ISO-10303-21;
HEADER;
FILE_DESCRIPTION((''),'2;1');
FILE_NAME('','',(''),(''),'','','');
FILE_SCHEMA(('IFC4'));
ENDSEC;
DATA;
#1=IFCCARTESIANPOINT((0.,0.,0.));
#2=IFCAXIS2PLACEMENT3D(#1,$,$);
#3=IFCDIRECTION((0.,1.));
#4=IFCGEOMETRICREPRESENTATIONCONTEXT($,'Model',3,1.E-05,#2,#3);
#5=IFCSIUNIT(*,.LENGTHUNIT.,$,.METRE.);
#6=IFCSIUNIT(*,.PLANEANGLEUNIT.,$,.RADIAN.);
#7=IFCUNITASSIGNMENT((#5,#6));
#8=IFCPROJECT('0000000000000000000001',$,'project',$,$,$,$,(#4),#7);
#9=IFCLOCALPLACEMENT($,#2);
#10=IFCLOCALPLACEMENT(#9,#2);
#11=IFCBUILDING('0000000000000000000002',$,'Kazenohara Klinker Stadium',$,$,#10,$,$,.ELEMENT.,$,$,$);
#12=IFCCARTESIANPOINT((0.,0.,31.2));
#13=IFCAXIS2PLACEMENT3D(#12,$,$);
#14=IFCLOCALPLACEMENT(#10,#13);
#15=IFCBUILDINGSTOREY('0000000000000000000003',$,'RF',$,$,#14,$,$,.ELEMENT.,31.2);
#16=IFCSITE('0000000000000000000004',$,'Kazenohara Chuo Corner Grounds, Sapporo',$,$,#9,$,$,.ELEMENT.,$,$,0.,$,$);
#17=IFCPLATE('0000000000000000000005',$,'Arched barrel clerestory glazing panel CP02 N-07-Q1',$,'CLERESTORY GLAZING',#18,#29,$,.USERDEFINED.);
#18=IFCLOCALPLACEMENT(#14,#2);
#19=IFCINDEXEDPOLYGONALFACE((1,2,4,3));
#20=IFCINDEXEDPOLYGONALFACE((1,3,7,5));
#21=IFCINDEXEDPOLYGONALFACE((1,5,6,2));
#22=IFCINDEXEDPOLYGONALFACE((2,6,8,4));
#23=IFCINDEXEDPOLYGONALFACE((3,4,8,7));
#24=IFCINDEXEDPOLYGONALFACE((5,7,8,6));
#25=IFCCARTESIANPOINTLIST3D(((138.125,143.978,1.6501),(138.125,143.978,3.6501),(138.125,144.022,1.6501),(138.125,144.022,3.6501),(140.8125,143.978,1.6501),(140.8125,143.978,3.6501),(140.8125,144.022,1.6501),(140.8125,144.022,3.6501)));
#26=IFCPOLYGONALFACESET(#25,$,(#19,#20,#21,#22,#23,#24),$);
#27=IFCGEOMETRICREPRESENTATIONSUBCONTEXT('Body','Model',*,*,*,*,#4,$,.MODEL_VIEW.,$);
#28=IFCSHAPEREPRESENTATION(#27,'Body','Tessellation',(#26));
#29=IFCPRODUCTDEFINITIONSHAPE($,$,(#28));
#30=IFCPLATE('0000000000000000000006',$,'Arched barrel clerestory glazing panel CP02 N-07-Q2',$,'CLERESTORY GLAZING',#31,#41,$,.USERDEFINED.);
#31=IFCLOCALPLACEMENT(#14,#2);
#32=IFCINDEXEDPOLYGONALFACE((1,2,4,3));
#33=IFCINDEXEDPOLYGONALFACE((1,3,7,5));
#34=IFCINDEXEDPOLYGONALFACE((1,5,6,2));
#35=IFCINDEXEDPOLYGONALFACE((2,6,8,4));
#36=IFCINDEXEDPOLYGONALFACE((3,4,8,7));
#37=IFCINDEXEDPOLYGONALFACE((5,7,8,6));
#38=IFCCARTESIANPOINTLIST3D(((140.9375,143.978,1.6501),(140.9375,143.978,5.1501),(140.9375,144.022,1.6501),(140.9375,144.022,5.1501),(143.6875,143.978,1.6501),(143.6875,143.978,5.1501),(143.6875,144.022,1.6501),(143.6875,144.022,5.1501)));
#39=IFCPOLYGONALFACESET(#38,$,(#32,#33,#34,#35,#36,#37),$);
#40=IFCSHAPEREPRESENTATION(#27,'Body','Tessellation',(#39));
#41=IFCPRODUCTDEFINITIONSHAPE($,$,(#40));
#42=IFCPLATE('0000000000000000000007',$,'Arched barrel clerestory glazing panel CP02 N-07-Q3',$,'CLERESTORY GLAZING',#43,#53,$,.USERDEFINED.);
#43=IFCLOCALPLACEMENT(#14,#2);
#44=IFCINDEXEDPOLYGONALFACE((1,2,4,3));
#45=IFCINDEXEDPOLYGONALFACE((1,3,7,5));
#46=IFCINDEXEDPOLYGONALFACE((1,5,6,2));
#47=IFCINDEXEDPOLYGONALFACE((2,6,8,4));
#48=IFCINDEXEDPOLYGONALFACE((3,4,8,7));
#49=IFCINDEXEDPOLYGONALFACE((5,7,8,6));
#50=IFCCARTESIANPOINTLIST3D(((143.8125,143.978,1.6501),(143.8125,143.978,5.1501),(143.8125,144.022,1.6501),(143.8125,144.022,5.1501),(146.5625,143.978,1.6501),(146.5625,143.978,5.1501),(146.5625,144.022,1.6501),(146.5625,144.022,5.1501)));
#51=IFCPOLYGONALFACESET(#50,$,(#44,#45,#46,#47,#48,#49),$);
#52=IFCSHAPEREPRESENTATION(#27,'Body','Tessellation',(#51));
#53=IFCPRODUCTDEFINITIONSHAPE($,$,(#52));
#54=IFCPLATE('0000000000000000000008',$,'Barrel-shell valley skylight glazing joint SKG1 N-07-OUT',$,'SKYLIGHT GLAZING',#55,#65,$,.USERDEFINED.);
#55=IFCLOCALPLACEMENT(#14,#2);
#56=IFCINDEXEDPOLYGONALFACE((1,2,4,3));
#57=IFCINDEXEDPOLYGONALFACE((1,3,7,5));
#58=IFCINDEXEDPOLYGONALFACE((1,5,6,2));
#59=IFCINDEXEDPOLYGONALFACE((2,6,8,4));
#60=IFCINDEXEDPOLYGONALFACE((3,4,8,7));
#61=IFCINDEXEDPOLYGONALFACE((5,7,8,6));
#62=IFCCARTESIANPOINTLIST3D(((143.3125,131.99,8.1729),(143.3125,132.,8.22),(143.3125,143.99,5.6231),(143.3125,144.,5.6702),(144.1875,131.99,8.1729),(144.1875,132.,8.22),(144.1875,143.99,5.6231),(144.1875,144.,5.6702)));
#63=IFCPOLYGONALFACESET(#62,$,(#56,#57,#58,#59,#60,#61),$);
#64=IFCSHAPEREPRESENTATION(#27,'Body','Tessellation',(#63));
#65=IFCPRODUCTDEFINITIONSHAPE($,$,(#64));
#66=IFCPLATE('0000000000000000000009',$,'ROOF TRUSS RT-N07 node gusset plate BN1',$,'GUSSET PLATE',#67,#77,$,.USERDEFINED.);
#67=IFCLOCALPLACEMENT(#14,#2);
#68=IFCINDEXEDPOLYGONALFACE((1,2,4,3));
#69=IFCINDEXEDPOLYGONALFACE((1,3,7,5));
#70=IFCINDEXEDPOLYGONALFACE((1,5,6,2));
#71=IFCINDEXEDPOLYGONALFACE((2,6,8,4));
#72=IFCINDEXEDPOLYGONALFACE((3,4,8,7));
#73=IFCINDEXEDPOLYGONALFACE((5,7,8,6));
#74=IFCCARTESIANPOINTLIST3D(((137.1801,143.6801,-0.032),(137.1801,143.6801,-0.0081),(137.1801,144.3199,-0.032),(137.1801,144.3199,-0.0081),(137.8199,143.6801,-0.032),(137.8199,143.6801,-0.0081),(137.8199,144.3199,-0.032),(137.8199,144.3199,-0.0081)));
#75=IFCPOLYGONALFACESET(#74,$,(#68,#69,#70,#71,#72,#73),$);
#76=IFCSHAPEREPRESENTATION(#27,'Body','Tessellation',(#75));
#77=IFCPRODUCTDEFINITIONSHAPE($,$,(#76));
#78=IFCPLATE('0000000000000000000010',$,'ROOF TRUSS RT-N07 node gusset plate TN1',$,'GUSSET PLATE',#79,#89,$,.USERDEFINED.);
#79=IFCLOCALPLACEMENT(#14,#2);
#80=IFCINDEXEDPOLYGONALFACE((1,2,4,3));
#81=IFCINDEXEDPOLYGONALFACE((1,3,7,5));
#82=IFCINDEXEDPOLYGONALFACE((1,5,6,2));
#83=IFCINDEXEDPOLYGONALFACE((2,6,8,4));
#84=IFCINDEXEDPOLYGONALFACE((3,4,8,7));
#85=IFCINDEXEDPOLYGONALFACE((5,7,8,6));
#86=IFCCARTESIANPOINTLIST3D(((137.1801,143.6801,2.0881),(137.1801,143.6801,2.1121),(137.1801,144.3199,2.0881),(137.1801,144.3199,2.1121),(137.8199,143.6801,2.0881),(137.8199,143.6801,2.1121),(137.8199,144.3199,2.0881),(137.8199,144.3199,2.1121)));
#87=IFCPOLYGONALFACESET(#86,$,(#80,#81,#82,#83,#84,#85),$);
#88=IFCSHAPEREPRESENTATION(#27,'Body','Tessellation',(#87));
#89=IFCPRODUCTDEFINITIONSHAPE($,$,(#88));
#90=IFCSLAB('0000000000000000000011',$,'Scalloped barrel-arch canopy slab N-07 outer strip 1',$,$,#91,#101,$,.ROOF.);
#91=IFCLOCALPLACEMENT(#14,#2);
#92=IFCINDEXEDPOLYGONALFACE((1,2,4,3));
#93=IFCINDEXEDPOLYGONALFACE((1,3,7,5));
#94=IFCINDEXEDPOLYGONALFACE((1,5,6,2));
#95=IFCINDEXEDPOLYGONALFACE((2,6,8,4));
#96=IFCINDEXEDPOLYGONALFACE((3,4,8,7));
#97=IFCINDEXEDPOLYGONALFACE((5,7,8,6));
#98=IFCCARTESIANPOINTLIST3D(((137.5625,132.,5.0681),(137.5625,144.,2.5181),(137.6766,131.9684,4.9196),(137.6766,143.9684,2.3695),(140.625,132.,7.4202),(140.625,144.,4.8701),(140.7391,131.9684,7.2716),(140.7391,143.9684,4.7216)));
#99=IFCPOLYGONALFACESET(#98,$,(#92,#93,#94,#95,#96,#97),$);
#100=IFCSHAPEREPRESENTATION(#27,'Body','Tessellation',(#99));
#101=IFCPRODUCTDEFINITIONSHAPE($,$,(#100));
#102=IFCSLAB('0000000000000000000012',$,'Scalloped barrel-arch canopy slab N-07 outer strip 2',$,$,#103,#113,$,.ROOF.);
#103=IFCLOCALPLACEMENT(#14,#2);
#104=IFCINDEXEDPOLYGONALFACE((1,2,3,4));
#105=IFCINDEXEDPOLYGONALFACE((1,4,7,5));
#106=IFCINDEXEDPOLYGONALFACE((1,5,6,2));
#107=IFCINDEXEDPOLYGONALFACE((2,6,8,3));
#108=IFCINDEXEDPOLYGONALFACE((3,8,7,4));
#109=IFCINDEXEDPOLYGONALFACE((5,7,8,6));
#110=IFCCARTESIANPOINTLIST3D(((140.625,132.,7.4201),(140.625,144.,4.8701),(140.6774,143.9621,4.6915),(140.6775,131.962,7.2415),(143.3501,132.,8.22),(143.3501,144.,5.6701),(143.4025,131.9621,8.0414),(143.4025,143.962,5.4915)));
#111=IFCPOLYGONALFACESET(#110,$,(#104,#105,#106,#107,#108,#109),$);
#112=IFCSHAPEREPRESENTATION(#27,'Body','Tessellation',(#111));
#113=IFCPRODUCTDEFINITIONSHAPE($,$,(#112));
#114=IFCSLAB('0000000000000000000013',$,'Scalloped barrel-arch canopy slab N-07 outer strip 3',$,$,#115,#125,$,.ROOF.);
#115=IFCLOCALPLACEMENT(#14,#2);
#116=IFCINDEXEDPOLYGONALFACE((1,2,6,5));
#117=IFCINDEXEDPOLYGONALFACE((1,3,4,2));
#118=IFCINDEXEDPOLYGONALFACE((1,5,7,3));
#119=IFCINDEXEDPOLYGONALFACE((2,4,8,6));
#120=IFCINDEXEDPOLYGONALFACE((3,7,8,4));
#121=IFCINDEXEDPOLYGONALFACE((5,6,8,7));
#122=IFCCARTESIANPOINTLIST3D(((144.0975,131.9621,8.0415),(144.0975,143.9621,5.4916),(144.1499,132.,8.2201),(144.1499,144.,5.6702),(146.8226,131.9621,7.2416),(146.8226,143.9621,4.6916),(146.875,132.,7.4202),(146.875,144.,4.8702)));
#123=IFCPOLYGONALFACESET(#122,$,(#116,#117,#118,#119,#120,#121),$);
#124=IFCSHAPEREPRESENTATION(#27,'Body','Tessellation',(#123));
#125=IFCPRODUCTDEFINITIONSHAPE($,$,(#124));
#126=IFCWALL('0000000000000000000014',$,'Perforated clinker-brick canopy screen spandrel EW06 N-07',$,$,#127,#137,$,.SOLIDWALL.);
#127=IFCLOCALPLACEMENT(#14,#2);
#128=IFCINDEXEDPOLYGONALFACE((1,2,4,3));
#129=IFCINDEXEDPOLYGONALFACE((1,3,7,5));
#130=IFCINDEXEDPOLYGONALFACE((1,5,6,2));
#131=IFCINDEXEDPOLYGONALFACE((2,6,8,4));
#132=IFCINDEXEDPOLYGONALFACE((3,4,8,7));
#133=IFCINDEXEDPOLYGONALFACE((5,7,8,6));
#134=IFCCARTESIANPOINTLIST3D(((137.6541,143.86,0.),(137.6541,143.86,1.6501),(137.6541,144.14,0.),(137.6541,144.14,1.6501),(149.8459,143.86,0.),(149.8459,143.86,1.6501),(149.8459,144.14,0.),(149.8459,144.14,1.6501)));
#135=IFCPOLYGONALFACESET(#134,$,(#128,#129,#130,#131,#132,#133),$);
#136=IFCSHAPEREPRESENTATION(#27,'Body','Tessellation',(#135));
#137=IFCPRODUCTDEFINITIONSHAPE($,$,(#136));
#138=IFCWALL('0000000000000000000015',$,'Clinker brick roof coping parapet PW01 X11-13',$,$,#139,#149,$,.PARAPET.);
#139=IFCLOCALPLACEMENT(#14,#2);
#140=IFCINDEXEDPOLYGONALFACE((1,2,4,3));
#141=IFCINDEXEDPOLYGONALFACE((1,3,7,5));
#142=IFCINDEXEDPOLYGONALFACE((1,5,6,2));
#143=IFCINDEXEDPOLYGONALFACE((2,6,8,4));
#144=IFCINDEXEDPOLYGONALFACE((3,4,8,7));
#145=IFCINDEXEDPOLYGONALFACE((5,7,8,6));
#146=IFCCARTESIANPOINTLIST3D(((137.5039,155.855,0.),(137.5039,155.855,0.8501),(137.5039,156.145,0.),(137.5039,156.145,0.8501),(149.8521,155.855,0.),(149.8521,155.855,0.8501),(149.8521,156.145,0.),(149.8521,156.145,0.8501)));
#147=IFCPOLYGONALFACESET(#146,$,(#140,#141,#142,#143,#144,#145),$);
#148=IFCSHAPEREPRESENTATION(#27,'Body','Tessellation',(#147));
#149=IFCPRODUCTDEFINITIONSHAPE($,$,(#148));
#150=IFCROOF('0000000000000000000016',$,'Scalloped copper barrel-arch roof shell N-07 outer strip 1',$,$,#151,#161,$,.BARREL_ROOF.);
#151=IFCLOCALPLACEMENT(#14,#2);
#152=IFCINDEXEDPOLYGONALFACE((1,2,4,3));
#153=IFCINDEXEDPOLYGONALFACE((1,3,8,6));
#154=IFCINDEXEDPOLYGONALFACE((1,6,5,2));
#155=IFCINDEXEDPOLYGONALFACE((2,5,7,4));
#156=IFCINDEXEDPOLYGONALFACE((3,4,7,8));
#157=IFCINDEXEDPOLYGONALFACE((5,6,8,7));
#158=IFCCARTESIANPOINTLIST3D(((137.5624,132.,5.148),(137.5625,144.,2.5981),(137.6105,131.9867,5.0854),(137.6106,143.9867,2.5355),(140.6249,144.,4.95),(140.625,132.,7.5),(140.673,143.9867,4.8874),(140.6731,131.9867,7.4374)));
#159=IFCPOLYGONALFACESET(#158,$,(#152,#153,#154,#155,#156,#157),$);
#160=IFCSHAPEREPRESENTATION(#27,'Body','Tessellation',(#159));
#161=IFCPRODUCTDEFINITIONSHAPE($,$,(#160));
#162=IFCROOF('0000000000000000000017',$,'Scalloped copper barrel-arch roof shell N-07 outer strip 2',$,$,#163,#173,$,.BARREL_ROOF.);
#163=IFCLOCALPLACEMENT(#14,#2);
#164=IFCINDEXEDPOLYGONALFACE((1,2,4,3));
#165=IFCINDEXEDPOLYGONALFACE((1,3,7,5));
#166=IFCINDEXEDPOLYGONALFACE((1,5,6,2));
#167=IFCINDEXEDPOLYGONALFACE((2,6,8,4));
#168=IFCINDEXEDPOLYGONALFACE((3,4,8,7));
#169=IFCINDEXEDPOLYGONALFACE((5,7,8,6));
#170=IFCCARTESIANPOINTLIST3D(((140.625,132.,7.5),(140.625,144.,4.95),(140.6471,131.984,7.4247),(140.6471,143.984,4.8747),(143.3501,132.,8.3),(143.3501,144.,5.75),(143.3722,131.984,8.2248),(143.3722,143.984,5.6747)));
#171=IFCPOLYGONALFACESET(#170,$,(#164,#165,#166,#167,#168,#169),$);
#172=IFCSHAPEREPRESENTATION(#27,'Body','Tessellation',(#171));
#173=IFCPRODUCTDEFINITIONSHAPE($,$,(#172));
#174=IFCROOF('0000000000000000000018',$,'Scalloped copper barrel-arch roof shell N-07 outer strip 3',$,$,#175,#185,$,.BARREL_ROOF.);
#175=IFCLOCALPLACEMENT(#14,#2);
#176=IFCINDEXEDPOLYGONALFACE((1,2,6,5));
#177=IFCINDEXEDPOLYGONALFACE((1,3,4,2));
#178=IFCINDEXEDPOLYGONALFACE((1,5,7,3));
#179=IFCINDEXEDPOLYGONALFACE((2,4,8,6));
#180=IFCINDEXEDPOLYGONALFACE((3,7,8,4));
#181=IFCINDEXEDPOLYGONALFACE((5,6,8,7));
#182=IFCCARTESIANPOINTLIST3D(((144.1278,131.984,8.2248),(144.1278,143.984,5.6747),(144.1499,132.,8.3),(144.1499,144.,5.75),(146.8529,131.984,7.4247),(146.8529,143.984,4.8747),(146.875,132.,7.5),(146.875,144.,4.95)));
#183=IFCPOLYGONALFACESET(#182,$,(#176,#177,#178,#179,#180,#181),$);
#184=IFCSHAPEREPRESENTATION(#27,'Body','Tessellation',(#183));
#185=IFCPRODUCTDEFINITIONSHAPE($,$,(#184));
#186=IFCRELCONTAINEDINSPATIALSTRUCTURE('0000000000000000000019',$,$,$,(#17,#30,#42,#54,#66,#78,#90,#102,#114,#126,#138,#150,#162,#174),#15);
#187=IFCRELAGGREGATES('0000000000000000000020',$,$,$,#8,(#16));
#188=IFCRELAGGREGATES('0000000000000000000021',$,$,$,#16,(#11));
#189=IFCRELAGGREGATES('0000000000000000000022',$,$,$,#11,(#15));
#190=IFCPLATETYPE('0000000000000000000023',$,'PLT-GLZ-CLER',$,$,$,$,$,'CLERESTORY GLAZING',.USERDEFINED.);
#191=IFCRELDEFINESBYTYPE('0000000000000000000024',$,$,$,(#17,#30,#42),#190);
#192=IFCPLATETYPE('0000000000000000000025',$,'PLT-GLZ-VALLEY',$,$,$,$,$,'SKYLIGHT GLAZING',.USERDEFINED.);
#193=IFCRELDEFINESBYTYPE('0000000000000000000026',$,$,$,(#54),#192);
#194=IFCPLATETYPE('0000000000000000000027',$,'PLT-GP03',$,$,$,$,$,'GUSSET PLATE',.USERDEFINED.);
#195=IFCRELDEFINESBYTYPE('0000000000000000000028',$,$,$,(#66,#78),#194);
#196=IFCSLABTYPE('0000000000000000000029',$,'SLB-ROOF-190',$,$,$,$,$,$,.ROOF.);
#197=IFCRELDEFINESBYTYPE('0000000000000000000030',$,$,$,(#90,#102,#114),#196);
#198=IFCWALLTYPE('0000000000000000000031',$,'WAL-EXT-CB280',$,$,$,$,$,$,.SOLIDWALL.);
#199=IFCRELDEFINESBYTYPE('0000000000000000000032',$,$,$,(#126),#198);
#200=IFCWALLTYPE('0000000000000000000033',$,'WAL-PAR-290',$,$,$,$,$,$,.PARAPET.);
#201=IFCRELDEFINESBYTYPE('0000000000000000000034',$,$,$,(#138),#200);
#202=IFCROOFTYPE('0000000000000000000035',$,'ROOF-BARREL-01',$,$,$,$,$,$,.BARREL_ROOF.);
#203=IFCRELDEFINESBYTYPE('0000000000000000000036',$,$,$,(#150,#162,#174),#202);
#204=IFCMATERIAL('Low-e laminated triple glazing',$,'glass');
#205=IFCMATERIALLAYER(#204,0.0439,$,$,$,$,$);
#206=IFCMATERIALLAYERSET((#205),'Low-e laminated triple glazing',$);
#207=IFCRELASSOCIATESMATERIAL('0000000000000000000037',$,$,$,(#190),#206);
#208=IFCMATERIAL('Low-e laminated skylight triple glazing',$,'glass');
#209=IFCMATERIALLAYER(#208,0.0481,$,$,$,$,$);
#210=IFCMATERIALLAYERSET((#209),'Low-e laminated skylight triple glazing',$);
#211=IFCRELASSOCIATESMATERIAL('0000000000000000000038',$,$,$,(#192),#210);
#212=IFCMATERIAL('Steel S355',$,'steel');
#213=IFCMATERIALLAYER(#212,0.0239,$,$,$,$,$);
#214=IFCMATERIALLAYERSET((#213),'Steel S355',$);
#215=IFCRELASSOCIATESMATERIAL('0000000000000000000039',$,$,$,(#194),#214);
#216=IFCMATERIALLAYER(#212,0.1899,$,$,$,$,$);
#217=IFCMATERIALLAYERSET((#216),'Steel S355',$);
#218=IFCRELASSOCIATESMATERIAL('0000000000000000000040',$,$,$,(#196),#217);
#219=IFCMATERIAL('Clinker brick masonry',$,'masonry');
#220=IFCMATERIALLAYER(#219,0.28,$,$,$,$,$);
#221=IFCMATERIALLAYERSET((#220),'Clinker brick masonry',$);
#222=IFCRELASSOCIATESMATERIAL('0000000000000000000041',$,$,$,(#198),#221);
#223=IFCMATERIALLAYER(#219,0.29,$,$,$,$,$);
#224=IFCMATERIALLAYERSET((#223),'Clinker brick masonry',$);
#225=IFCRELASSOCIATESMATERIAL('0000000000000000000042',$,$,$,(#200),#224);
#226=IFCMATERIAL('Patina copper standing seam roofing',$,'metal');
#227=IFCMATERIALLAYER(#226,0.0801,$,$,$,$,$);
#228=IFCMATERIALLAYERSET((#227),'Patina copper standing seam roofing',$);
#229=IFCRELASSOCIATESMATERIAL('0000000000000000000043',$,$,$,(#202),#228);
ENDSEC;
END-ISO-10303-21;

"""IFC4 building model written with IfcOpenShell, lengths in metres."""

from ifc_helpers import new_model, si_unit, direction, frame, frame_2d, origin, origin_2d, place, context, subcontext, project, spatial, polyline, rectangle, outline, extrude, material, layer, layer_set, type_object, element, save


model = new_model("IFC4")

# Units and contexts
model_context = context("Model", 3, precision=1e-05, world=origin(), true_north=direction((0.0, 1.0)))
body_context = subcontext(model_context, "Body", "Model", "MODEL_VIEW")
ifc_project = project(units=[si_unit("LENGTHUNIT", "METRE"), si_unit("PLANEANGLEUNIT", "RADIAN")], contexts=[model_context])

# Site, building, storey
site_placement = place(None, origin())
site = spatial("IfcSite", under=ifc_project, at=site_placement, Name="Kazenohara Chuo Corner Grounds, Sapporo", CompositionType="ELEMENT", RefElevation=0.0)
building_placement = place(site_placement, origin())
building = spatial("IfcBuilding", under=site, at=building_placement, Name="Kazenohara Klinker Stadium", CompositionType="ELEMENT")
storey_placement = place(building_placement, frame((0.0, 0.0, 31.2)))
storey = spatial("IfcBuildingStorey", under=building, at=storey_placement, Name="RF", CompositionType="ELEMENT", Elevation=31.2)

# Shared definitions
ifc_material_1 = material(Name="Steel S355", Category="steel")

# Plates
ifc_material_2 = material(Name="Low-e laminated triple glazing", Category="glass")
ifc_layer_1 = layer(ifc_material_2, 0.0439)
ifc_layer_set_1 = layer_set([ifc_layer_1], Name="Low-e laminated triple glazing")
plate_type_1 = type_object("IfcPlateType", Name="PLT-GLZ-CLER", ElementType="CLERESTORY GLAZING", PredefinedType="USERDEFINED", material=ifc_layer_set_1)
plate_1_placement = place(storey_placement, frame((139.4688, 144.0, 1.6501), z_axis=(0.0, 0.0, 1.0), x_axis=(1.0, 0.0, 0.0)))
element("IfcPlate", 1, at=plate_1_placement, inside=storey, type_object=plate_type_1, Name="Arched barrel clerestory glazing panel CP02 N-07-Q1", ObjectType="CLERESTORY GLAZING", PredefinedType="USERDEFINED", context=body_context, shape_type="SweptSolid", body=[
    extrude(rectangle(XDim=2.6875, YDim=0.0439, at=origin_2d()), origin(), (0.0, 0.0, 1.0), 2.0),
])
for number, where, z_axis, x_axis, name in (
    (2, (142.3125, 144.0, 1.6501), (0.0, 0.0, 1.0), (1.0, 0.0, 0.0), "Arched barrel clerestory glazing panel CP02 N-07-Q2"),
    (3, (145.1875, 144.0, 1.6501), (0.0, 0.0, 1.0), (1.0, 0.0, 0.0), "Arched barrel clerestory glazing panel CP02 N-07-Q3"),
):
    element("IfcPlate", number, at=place(storey_placement, frame(where, z_axis=z_axis, x_axis=x_axis)), inside=storey, type_object=plate_type_1, Name=name, ObjectType="CLERESTORY GLAZING", PredefinedType="USERDEFINED", context=body_context, shape_type="SweptSolid", body=[
        extrude(rectangle(XDim=2.75, YDim=0.0439, at=origin_2d()), origin(), (0.0, 0.0, 1.0), 3.5),
    ])
ifc_material_3 = material(Name="Low-e laminated skylight triple glazing", Category="glass")
ifc_layer_2 = layer(ifc_material_3, 0.0481)
ifc_layer_set_2 = layer_set([ifc_layer_2], Name="Low-e laminated skylight triple glazing")
plate_type_2 = type_object("IfcPlateType", Name="PLT-GLZ-VALLEY", ElementType="SKYLIGHT GLAZING", PredefinedType="USERDEFINED", material=ifc_layer_set_2)
plate_2_placement = place(storey_placement, frame((143.3125, 144.0, 5.6702), z_axis=(0.0, 0.207844, 0.978162), x_axis=(0.0, -0.978162, 0.207844)))
element("IfcPlate", 4, at=plate_2_placement, inside=storey, type_object=plate_type_2, Name="Barrel-shell valley skylight glazing joint SKG1 N-07-OUT", ObjectType="SKYLIGHT GLAZING", PredefinedType="USERDEFINED", context=body_context, shape_type="SweptSolid", body=[
    extrude(outline(polyline([(0.0, 0.0), (12.2679, 0.0), (12.2679, 0.875), (0.0, 0.875), (0.0, 0.0)])), origin(), (0.0, 0.0, -1.0), 0.0481),
])
ifc_layer_3 = layer(ifc_material_1, 0.0239)
ifc_layer_set_3 = layer_set([ifc_layer_3], Name="Steel S355")
plate_type_3 = type_object("IfcPlateType", Name="PLT-GP03", ElementType="GUSSET PLATE", PredefinedType="USERDEFINED", material=ifc_layer_set_3)
for number, where, z_axis, x_axis, name in (
    (5, (137.5, 144.0, -0.032), (0.0, 0.0, 1.0), (1.0, 0.0, 0.0), "ROOF TRUSS RT-N07 node gusset plate BN1"),
    (6, (137.5, 144.0, 2.0881), (0.0, 0.0, 1.0), (1.0, 0.0, 0.0), "ROOF TRUSS RT-N07 node gusset plate TN1"),
):
    element("IfcPlate", number, at=place(storey_placement, frame(where, z_axis=z_axis, x_axis=x_axis)), inside=storey, type_object=plate_type_3, Name=name, ObjectType="GUSSET PLATE", PredefinedType="USERDEFINED", context=body_context, shape_type="SweptSolid", body=[
        extrude(rectangle(XDim=0.6399, YDim=0.6399, at=origin_2d()), origin(), (0.0, 0.0, 1.0), 0.0239),
    ])

# Slabs
ifc_layer_4 = layer(ifc_material_1, 0.1899)
ifc_layer_set_4 = layer_set([ifc_layer_4], Name="Steel S355")
slab_type = type_object("IfcSlabType", Name="SLB-ROOF-190", PredefinedType="ROOF", material=ifc_layer_set_4)
slab_1_placement = place(storey_placement, frame((137.5625, 144.0, 2.5181), z_axis=(-0.600635, 0.166191, 0.78206), x_axis=(0.0, -0.978158, 0.207863)))
element("IfcSlab", 7, at=slab_1_placement, inside=storey, type_object=slab_type, Name="Scalloped barrel-arch canopy slab N-07 outer strip 1", PredefinedType="ROOF", context=body_context, shape_type="SweptSolid", body=[
    extrude(outline(polyline([(0.0, 0.0), (12.268, 0.0), (12.7569, 3.8304), (0.4889, 3.8304), (0.0, 0.0)])), origin(), (0.0, 0.0, -1.0), 0.1899),
])
slab_2_placement = place(storey_placement, frame((140.625, 144.0, 4.8701), z_axis=(-0.275979, 0.199781, 0.940172), x_axis=(0.000003, -0.97816, 0.207854)))
element("IfcSlab", 8, at=slab_2_placement, inside=storey, type_object=slab_type, Name="Scalloped barrel-arch canopy slab N-07 outer strip 2", PredefinedType="ROOF", context=body_context, shape_type="SweptSolid", body=[
    extrude(outline(polyline([(0.0, 0.0), (12.268, 0.0), (12.4342, 2.8352), (0.1663, 2.8352), (0.0, 0.0)])), origin(), (0.0, 0.0, -1.0), 0.1899),
])
slab_3_placement = place(storey_placement, frame((144.1499, 144.0, 5.6702), z_axis=(0.275979, 0.199781, 0.940172), x_axis=(0.000003, -0.97816, 0.207852)))
element("IfcSlab", 9, at=slab_3_placement, inside=storey, type_object=slab_type, Name="Scalloped barrel-arch canopy slab N-07 outer strip 3", PredefinedType="ROOF", context=body_context, shape_type="SweptSolid", body=[
    extrude(outline(polyline([(0.0, 0.0), (12.2679, 0.0), (12.1017, 2.8352), (-0.1663, 2.8352), (0.0, 0.0)])), origin(), (0.0, 0.0, -1.0), 0.1899),
])

# Walls
ifc_material_4 = material(Name="Clinker brick masonry", Category="masonry")
ifc_layer_5 = layer(ifc_material_4, 0.28)
ifc_layer_set_5 = layer_set([ifc_layer_5], Name="Clinker brick masonry")
wall_type_1 = type_object("IfcWallType", Name="WAL-EXT-CB280", PredefinedType="SOLIDWALL", material=ifc_layer_set_5)
wall_1_placement = place(storey_placement, frame((137.6541, 144.0, 0.0), z_axis=(0.0, 0.0, 1.0), x_axis=(1.0, 0.0, 0.0)))
element("IfcWall", 10, at=wall_1_placement, inside=storey, type_object=wall_type_1, Name="Perforated clinker-brick canopy screen spandrel EW06 N-07", PredefinedType="SOLIDWALL", context=body_context, shape_type="SweptSolid", body=[
    extrude(rectangle(XDim=12.1919, YDim=0.28, at=frame_2d((6.0959, 0.0))), origin(), (0.0, 0.0, 1.0), 1.6501),
])
ifc_layer_6 = layer(ifc_material_4, 0.29)
ifc_layer_set_6 = layer_set([ifc_layer_6], Name="Clinker brick masonry")
wall_type_2 = type_object("IfcWallType", Name="WAL-PAR-290", PredefinedType="PARAPET", material=ifc_layer_set_6)
wall_2_placement = place(storey_placement, frame((137.5039, 156.0, 0.0), z_axis=(0.0, 0.0, 1.0), x_axis=(1.0, 0.0, 0.0)))
element("IfcWall", 11, at=wall_2_placement, inside=storey, type_object=wall_type_2, Name="Clinker brick roof coping parapet PW01 X11-13", PredefinedType="PARAPET", context=body_context, shape_type="SweptSolid", body=[
    extrude(rectangle(XDim=12.3481, YDim=0.29, at=frame_2d((6.1741, 0.0))), origin(), (0.0, 0.0, 1.0), 0.8501),
])

# Roofs
ifc_material_5 = material(Name="Patina copper standing seam roofing", Category="metal")
ifc_layer_7 = layer(ifc_material_5, 0.0801)
ifc_layer_set_7 = layer_set([ifc_layer_7], Name="Patina copper standing seam roofing")
roof_type = type_object("IfcRoofType", Name="ROOF-BARREL-01", PredefinedType="BARREL_ROOF", material=ifc_layer_set_7)
roof_1_placement = place(storey_placement, frame((137.5625, 144.0, 2.5981), z_axis=(-0.600616, 0.166186, 0.782076), x_axis=(-0.000005, -0.978161, 0.20785)))
element("IfcRoof", 12, at=roof_1_placement, inside=storey, type_object=roof_type, Name="Scalloped copper barrel-arch roof shell N-07 outer strip 1", PredefinedType="BARREL_ROOF", context=body_context, shape_type="SweptSolid", body=[
    extrude(outline(polyline([(0.0, 0.0), (12.2679, 0.0), (12.7568, 3.8304), (0.4888, 3.8303), (0.0, 0.0)])), origin(), (0.0, 0.0, -1.0), 0.0801),
])
roof_2_placement = place(storey_placement, frame((140.625, 144.0, 4.95), z_axis=(-0.276017, 0.199788, 0.940159), x_axis=(0.0, -0.978158, 0.207863)))
element("IfcRoof", 13, at=roof_2_placement, inside=storey, type_object=roof_type, Name="Scalloped copper barrel-arch roof shell N-07 outer strip 2", PredefinedType="BARREL_ROOF", context=body_context, shape_type="SweptSolid", body=[
    extrude(outline(polyline([(0.0, 0.0), (12.268, 0.0), (12.4343, 2.8352), (0.1663, 2.8352), (0.0, 0.0)])), origin(), (0.0, 0.0, -1.0), 0.0801),
])
roof_3_placement = place(storey_placement, frame((144.1499, 144.0, 5.75), z_axis=(0.276017, 0.199788, 0.940159), x_axis=(0.0, -0.978158, 0.207863)))
element("IfcRoof", 14, at=roof_3_placement, inside=storey, type_object=roof_type, Name="Scalloped copper barrel-arch roof shell N-07 outer strip 3", PredefinedType="BARREL_ROOF", context=body_context, shape_type="SweptSolid", body=[
    extrude(outline(polyline([(0.0, 0.0), (12.268, 0.0), (12.1017, 2.8352), (-0.1663, 2.8352), (0.0, 0.0)])), origin(), (0.0, 0.0, -1.0), 0.0801),
])

save(model, "model.ifc")
